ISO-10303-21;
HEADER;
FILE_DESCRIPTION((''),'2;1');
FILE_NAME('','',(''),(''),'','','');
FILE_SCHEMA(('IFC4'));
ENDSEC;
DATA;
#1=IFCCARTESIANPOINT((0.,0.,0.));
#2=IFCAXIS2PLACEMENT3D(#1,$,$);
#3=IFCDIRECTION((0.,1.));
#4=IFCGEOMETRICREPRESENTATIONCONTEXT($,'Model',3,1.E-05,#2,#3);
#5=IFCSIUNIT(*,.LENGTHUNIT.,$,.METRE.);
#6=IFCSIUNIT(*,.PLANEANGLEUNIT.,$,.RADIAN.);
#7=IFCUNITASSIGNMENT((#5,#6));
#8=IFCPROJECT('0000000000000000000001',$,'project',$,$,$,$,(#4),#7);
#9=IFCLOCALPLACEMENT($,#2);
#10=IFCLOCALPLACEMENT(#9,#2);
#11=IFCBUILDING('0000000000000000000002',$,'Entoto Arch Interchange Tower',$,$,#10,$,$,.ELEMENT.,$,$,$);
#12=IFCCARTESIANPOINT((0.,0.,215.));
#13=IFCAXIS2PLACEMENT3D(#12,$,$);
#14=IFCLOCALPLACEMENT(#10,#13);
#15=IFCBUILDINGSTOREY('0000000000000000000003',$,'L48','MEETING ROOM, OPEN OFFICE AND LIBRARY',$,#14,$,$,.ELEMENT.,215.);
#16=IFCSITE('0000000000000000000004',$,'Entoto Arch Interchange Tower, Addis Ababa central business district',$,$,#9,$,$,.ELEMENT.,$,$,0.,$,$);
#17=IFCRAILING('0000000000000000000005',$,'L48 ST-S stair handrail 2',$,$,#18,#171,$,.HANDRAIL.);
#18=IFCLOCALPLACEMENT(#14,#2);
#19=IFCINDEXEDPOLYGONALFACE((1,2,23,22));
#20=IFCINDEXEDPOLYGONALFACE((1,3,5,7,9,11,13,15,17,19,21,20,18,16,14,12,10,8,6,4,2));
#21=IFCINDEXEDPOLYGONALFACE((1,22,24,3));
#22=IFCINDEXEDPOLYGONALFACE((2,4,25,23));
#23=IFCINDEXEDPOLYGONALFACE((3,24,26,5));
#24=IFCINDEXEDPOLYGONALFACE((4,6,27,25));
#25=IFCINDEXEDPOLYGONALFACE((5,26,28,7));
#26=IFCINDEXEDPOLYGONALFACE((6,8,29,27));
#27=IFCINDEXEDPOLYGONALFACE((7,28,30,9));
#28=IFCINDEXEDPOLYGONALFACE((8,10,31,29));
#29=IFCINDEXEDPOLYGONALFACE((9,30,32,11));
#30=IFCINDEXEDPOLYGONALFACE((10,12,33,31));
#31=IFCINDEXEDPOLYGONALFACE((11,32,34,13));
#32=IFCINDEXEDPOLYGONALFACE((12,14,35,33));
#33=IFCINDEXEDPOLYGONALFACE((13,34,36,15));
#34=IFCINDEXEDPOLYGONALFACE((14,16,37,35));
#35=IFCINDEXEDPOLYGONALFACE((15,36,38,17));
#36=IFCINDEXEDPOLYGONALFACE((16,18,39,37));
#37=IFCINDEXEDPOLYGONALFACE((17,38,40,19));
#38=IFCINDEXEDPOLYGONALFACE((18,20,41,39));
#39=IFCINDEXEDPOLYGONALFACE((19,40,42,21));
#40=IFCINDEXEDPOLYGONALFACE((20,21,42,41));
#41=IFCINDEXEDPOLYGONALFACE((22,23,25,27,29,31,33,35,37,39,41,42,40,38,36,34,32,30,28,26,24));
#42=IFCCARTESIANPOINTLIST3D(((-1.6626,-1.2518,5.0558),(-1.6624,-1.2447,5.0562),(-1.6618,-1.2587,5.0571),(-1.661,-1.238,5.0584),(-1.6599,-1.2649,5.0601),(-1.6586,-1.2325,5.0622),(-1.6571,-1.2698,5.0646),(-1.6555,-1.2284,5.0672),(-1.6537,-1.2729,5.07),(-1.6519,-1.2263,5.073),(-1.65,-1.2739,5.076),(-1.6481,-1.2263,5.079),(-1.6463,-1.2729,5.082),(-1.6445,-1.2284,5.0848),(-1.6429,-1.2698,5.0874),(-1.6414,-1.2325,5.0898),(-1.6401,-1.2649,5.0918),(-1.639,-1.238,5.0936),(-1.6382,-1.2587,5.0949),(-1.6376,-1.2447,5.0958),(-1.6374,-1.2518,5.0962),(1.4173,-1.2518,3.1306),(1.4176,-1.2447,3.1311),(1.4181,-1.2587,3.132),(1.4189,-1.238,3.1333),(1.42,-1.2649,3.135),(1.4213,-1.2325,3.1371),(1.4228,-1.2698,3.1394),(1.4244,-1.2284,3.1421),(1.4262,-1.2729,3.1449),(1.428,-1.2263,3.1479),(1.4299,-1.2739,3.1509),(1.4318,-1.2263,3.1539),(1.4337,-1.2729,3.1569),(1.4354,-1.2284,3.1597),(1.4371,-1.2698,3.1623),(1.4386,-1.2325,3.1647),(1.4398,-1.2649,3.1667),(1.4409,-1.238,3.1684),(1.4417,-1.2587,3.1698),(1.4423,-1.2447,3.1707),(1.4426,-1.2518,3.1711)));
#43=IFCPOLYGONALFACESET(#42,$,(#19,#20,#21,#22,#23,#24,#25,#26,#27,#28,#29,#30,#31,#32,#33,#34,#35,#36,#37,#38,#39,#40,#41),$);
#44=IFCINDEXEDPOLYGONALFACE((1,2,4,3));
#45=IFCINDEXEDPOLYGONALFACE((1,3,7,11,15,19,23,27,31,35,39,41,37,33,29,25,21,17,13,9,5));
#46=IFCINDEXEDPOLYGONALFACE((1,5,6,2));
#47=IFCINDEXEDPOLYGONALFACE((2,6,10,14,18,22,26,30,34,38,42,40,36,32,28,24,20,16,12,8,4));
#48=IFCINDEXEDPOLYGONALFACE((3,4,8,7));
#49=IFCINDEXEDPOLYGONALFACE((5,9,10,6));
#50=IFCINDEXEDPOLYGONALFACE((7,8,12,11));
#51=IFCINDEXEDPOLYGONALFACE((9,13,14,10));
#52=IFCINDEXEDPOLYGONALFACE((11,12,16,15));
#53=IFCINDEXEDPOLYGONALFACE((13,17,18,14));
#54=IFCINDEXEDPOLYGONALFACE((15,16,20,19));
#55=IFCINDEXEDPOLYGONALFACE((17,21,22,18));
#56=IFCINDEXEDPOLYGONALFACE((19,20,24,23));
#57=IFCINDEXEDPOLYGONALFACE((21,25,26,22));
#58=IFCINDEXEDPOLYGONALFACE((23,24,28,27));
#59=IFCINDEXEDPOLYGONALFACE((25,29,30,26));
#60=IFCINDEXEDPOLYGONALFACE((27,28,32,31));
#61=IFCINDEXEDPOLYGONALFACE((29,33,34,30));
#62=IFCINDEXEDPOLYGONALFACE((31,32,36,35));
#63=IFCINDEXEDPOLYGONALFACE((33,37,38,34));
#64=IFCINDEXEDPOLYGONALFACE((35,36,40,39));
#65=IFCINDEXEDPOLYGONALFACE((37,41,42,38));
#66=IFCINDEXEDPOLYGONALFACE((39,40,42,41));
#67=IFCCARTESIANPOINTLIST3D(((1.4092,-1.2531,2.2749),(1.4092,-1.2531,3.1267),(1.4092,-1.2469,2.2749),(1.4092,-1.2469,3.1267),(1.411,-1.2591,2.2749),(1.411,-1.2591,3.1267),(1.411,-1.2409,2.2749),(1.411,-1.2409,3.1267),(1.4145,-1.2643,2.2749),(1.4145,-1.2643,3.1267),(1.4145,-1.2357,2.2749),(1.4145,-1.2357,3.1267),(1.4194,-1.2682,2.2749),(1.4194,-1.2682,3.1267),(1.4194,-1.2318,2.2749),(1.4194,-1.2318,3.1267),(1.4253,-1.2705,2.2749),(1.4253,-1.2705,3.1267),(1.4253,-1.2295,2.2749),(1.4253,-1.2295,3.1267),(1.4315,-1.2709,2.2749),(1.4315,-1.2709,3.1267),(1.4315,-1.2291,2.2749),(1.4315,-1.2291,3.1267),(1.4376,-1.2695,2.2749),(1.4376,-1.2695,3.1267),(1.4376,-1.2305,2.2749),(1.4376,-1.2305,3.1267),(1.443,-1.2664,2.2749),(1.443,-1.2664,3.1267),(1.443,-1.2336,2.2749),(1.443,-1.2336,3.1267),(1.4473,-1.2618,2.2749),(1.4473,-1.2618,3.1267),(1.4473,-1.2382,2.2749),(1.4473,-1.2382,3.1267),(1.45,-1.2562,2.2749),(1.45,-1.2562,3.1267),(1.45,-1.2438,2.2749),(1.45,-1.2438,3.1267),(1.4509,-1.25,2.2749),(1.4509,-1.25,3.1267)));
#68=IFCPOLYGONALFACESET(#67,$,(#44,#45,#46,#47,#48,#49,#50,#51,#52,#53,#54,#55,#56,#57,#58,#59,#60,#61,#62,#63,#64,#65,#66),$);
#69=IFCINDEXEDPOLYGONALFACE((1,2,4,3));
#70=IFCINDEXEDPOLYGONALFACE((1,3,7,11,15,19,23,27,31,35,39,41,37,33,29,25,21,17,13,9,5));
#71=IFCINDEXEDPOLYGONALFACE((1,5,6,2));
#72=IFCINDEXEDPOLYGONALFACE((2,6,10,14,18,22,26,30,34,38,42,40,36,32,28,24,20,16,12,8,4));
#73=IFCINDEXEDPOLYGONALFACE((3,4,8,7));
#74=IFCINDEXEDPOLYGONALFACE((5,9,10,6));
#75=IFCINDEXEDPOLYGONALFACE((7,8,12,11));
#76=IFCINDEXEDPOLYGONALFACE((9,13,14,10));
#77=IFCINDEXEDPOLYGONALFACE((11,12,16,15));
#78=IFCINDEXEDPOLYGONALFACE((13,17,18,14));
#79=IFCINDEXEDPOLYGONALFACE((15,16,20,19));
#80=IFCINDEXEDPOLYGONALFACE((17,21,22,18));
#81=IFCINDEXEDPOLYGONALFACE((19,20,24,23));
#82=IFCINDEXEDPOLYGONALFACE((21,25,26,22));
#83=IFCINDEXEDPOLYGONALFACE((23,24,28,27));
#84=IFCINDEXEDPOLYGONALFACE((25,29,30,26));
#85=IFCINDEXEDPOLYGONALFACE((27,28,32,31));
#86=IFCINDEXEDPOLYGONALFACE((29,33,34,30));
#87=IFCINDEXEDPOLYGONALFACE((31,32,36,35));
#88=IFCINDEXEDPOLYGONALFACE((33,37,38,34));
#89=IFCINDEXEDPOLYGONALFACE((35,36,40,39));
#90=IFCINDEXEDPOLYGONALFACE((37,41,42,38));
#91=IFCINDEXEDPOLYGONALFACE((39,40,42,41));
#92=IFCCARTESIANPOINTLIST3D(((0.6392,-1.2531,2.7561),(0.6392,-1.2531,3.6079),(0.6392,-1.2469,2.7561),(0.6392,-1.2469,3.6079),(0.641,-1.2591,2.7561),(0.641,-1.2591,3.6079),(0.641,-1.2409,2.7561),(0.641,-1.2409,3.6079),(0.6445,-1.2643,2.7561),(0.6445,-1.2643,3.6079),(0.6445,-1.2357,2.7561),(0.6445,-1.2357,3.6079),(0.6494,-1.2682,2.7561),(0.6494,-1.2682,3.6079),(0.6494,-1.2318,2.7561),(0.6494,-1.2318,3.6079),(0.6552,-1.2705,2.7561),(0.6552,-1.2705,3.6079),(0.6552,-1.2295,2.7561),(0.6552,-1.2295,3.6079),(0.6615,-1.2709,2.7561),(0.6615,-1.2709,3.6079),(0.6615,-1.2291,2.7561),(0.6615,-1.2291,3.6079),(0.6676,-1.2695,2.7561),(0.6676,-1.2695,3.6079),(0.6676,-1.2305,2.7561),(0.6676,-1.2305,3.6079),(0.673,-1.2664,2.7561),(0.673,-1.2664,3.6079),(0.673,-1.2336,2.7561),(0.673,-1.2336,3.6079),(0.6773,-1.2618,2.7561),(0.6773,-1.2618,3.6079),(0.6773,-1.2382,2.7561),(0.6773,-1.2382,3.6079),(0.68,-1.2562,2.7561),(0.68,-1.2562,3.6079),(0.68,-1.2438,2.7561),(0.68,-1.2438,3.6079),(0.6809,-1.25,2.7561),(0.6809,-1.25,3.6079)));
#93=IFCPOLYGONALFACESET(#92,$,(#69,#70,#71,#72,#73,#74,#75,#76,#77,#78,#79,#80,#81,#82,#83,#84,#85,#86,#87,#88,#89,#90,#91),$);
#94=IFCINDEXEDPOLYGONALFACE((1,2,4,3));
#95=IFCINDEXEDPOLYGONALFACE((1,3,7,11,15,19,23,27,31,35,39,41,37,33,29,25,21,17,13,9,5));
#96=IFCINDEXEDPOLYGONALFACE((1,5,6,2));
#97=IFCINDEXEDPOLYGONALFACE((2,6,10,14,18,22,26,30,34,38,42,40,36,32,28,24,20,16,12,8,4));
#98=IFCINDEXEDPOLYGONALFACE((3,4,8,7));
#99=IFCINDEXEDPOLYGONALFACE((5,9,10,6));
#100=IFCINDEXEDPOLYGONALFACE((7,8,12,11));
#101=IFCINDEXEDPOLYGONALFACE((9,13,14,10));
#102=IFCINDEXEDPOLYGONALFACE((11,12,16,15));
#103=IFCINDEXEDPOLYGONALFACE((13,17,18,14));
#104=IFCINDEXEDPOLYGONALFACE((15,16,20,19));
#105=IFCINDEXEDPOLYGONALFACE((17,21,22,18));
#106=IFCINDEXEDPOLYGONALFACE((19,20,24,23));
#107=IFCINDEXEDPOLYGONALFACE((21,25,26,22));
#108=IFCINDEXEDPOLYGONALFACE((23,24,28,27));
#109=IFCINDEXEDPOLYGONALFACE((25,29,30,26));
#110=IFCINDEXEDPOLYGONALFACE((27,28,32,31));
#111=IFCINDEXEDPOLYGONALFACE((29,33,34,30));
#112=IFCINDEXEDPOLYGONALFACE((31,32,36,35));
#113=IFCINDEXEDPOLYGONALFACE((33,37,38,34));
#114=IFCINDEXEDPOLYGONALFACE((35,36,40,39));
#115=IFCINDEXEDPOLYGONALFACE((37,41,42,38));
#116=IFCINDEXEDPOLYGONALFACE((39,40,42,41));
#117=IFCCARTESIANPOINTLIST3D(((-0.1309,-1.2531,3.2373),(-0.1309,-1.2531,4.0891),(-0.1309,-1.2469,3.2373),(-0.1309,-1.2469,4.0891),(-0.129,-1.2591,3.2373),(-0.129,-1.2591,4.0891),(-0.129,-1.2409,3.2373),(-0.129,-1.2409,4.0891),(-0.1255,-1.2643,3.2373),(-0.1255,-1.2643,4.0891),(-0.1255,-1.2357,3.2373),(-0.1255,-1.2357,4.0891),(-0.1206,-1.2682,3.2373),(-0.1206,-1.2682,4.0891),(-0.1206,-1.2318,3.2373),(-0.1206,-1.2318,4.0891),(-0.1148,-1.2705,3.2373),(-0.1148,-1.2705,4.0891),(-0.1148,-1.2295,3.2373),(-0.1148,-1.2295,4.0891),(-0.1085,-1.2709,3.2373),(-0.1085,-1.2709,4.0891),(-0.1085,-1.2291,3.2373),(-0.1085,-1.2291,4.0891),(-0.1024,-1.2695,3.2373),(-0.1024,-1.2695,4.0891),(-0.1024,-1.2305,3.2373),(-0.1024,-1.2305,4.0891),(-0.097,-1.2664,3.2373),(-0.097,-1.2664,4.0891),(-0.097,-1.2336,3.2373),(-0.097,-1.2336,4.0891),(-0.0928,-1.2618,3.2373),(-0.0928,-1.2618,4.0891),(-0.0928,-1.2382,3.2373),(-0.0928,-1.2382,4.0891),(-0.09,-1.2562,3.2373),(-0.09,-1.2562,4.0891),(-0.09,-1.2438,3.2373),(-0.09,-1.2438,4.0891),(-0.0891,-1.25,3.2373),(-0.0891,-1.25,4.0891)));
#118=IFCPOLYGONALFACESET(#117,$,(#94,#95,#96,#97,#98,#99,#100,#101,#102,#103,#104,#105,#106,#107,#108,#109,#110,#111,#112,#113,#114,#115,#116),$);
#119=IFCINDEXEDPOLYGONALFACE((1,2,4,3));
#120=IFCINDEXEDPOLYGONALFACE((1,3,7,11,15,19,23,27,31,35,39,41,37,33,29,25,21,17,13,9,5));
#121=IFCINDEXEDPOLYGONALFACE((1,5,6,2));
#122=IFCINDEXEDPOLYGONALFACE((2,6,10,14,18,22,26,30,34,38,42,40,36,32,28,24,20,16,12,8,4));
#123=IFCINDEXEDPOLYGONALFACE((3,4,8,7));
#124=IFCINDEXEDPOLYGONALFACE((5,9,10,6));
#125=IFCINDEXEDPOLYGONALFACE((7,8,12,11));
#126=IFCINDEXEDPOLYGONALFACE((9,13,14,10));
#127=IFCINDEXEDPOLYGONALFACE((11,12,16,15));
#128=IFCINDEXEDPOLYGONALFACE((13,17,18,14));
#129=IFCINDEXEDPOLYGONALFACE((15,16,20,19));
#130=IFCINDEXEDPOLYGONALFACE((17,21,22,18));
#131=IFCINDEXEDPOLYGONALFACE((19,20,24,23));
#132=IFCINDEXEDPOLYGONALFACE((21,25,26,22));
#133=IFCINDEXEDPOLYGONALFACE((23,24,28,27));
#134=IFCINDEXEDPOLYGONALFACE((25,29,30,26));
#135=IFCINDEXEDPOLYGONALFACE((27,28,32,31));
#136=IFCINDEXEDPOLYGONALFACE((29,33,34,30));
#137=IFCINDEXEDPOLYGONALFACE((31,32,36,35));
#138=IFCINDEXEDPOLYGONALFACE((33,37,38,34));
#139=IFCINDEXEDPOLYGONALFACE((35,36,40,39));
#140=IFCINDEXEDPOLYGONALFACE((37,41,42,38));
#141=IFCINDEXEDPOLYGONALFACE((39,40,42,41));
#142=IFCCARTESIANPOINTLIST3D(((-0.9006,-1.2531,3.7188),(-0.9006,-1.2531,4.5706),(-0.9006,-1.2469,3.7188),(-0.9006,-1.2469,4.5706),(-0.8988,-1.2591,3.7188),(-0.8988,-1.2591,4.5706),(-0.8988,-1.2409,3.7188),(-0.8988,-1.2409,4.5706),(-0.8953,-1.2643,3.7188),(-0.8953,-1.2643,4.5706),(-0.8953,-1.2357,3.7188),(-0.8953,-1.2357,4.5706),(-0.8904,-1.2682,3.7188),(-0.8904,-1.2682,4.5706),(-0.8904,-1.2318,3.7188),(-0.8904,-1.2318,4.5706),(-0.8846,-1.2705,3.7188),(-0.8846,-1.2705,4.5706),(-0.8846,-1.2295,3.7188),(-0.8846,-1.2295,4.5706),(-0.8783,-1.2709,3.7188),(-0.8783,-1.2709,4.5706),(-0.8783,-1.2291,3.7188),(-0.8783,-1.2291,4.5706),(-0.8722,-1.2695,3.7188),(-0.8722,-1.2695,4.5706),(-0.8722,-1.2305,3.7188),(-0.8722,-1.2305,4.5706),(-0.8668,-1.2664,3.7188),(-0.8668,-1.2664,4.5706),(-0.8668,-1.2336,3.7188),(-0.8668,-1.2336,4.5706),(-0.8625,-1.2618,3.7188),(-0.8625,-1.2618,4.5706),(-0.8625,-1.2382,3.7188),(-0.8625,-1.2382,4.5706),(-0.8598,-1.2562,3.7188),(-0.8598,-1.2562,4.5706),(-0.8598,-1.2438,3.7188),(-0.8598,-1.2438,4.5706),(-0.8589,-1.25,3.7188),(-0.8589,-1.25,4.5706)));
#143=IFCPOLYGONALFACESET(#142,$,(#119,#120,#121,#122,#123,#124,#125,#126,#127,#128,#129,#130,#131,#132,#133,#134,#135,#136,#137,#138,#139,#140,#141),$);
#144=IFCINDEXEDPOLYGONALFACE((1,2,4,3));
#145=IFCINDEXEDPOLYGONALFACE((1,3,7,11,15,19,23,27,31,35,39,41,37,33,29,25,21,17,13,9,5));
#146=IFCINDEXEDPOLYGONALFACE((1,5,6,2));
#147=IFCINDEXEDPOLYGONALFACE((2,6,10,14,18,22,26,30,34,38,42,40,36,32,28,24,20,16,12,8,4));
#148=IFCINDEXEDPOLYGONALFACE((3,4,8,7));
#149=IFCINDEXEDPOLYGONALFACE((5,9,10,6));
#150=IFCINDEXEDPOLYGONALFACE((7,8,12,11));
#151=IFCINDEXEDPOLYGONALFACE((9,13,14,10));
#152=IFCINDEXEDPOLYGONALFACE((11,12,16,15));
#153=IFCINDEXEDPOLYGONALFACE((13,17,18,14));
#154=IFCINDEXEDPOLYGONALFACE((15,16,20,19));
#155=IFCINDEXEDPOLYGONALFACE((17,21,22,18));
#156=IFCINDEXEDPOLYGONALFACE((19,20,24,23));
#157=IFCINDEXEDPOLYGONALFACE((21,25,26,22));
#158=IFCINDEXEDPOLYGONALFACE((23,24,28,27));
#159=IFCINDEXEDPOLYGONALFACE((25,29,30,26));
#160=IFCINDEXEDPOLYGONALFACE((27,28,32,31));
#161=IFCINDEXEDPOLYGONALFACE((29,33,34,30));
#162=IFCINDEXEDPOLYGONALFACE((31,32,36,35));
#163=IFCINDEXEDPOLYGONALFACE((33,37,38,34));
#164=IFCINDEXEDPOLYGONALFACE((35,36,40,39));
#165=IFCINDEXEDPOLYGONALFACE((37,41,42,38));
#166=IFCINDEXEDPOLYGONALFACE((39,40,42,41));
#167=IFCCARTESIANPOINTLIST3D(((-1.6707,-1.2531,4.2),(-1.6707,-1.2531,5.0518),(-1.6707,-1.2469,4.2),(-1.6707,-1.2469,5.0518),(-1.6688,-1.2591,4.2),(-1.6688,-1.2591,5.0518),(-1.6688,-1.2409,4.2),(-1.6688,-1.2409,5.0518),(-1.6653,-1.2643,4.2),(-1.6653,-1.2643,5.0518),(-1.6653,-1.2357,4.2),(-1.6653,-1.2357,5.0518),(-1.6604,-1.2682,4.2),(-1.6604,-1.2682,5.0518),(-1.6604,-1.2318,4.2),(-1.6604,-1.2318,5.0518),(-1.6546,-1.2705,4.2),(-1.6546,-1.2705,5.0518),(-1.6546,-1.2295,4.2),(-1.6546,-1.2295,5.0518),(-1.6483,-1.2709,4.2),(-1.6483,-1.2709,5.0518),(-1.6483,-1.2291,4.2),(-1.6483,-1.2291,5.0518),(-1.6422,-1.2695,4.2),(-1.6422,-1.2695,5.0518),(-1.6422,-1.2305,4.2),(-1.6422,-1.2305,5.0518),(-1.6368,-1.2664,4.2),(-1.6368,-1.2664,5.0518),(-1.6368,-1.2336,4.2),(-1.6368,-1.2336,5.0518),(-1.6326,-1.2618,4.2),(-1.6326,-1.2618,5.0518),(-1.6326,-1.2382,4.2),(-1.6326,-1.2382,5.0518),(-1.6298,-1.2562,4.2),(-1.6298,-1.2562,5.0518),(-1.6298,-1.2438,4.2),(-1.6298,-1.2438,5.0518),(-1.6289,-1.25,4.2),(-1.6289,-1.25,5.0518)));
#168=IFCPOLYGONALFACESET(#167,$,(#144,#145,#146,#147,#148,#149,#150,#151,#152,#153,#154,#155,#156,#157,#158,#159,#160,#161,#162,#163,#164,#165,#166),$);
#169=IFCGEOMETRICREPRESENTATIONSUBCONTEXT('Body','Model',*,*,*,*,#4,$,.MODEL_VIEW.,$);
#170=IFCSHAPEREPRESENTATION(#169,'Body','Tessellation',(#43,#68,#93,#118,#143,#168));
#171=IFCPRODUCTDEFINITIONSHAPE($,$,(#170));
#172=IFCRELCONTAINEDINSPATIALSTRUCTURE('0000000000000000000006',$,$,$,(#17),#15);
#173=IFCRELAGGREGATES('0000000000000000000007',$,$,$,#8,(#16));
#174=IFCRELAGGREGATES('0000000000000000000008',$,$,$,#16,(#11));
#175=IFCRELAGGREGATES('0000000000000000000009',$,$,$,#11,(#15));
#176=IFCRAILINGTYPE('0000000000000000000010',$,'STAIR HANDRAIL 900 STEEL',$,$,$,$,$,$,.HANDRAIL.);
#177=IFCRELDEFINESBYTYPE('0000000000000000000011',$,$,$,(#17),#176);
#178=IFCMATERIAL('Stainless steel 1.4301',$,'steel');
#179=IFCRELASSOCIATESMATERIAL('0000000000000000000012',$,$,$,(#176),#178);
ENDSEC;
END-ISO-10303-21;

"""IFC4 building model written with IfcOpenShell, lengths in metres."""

from ifc_helpers import new_model, si_unit, direction, frame, origin, origin_2d, place, context, subcontext, project, spatial, circle, extrude, material, type_object, element, save


model = new_model("IFC4")

# Units and contexts
model_context = context("Model", 3, precision=1e-05, world=origin(), true_north=direction((0.0, 1.0)))
body_context = subcontext(model_context, "Body", "Model", "MODEL_VIEW")
ifc_project = project(units=[si_unit("LENGTHUNIT", "METRE"), si_unit("PLANEANGLEUNIT", "RADIAN")], contexts=[model_context])

# Site, building, storey
site_placement = place(None, origin())
site = spatial("IfcSite", under=ifc_project, at=site_placement, Name="Entoto Arch Interchange Tower, Addis Ababa central business district", CompositionType="ELEMENT", RefElevation=0.0)
building_placement = place(site_placement, origin())
building = spatial("IfcBuilding", under=site, at=building_placement, Name="Entoto Arch Interchange Tower", CompositionType="ELEMENT")
storey_placement = place(building_placement, frame((0.0, 0.0, 215.0)))
storey = spatial("IfcBuildingStorey", under=building, at=storey_placement, Name="L48", Description="MEETING ROOM, OPEN OFFICE AND LIBRARY", CompositionType="ELEMENT", Elevation=215.0)

# Railing
ifc_material_1 = material(Name="Stainless steel 1.4301", Category="steel")
railing_type_1 = type_object("IfcRailingType", Name="STAIR HANDRAIL 900 STEEL", PredefinedType="HANDRAIL", material=ifc_material_1)
railing_1_placement = place(storey_placement, frame((1.4299, -1.25, 2.2749)))
element("IfcRailing", 1, at=railing_1_placement, inside=storey, type_object=railing_type_1, Name="L48 ST-S stair handrail 2", PredefinedType="HANDRAIL", context=body_context, shape_type="SweptSolid", body=[
    extrude(circle(Radius=0.0239, at=origin_2d()), frame((0.0, 0.0, 0.876), z_axis=(-0.847979, 0.0, 0.530029), x_axis=(0.0, -1.0, 0.0)), (0.0, 0.0, 1.0), 3.6321),
    extrude(circle(Radius=0.021, at=origin_2d()), origin(), (0.0, 0.0, 1.0), 0.8518),
    extrude(circle(Radius=0.021, at=origin_2d()), frame((-0.77, 0.0, 0.4812)), (0.0, 0.0, 1.0), 0.8518),
    extrude(circle(Radius=0.021, at=origin_2d()), frame((-1.54, 0.0, 0.9624)), (0.0, 0.0, 1.0), 0.8518),
    extrude(circle(Radius=0.021, at=origin_2d()), frame((-2.3098, 0.0, 1.4438)), (0.0, 0.0, 1.0), 0.8518),
    extrude(circle(Radius=0.021, at=origin_2d()), frame((-3.0798, 0.0, 1.925)), (0.0, 0.0, 1.0), 0.8518),
])

save(model, "model.ifc")
